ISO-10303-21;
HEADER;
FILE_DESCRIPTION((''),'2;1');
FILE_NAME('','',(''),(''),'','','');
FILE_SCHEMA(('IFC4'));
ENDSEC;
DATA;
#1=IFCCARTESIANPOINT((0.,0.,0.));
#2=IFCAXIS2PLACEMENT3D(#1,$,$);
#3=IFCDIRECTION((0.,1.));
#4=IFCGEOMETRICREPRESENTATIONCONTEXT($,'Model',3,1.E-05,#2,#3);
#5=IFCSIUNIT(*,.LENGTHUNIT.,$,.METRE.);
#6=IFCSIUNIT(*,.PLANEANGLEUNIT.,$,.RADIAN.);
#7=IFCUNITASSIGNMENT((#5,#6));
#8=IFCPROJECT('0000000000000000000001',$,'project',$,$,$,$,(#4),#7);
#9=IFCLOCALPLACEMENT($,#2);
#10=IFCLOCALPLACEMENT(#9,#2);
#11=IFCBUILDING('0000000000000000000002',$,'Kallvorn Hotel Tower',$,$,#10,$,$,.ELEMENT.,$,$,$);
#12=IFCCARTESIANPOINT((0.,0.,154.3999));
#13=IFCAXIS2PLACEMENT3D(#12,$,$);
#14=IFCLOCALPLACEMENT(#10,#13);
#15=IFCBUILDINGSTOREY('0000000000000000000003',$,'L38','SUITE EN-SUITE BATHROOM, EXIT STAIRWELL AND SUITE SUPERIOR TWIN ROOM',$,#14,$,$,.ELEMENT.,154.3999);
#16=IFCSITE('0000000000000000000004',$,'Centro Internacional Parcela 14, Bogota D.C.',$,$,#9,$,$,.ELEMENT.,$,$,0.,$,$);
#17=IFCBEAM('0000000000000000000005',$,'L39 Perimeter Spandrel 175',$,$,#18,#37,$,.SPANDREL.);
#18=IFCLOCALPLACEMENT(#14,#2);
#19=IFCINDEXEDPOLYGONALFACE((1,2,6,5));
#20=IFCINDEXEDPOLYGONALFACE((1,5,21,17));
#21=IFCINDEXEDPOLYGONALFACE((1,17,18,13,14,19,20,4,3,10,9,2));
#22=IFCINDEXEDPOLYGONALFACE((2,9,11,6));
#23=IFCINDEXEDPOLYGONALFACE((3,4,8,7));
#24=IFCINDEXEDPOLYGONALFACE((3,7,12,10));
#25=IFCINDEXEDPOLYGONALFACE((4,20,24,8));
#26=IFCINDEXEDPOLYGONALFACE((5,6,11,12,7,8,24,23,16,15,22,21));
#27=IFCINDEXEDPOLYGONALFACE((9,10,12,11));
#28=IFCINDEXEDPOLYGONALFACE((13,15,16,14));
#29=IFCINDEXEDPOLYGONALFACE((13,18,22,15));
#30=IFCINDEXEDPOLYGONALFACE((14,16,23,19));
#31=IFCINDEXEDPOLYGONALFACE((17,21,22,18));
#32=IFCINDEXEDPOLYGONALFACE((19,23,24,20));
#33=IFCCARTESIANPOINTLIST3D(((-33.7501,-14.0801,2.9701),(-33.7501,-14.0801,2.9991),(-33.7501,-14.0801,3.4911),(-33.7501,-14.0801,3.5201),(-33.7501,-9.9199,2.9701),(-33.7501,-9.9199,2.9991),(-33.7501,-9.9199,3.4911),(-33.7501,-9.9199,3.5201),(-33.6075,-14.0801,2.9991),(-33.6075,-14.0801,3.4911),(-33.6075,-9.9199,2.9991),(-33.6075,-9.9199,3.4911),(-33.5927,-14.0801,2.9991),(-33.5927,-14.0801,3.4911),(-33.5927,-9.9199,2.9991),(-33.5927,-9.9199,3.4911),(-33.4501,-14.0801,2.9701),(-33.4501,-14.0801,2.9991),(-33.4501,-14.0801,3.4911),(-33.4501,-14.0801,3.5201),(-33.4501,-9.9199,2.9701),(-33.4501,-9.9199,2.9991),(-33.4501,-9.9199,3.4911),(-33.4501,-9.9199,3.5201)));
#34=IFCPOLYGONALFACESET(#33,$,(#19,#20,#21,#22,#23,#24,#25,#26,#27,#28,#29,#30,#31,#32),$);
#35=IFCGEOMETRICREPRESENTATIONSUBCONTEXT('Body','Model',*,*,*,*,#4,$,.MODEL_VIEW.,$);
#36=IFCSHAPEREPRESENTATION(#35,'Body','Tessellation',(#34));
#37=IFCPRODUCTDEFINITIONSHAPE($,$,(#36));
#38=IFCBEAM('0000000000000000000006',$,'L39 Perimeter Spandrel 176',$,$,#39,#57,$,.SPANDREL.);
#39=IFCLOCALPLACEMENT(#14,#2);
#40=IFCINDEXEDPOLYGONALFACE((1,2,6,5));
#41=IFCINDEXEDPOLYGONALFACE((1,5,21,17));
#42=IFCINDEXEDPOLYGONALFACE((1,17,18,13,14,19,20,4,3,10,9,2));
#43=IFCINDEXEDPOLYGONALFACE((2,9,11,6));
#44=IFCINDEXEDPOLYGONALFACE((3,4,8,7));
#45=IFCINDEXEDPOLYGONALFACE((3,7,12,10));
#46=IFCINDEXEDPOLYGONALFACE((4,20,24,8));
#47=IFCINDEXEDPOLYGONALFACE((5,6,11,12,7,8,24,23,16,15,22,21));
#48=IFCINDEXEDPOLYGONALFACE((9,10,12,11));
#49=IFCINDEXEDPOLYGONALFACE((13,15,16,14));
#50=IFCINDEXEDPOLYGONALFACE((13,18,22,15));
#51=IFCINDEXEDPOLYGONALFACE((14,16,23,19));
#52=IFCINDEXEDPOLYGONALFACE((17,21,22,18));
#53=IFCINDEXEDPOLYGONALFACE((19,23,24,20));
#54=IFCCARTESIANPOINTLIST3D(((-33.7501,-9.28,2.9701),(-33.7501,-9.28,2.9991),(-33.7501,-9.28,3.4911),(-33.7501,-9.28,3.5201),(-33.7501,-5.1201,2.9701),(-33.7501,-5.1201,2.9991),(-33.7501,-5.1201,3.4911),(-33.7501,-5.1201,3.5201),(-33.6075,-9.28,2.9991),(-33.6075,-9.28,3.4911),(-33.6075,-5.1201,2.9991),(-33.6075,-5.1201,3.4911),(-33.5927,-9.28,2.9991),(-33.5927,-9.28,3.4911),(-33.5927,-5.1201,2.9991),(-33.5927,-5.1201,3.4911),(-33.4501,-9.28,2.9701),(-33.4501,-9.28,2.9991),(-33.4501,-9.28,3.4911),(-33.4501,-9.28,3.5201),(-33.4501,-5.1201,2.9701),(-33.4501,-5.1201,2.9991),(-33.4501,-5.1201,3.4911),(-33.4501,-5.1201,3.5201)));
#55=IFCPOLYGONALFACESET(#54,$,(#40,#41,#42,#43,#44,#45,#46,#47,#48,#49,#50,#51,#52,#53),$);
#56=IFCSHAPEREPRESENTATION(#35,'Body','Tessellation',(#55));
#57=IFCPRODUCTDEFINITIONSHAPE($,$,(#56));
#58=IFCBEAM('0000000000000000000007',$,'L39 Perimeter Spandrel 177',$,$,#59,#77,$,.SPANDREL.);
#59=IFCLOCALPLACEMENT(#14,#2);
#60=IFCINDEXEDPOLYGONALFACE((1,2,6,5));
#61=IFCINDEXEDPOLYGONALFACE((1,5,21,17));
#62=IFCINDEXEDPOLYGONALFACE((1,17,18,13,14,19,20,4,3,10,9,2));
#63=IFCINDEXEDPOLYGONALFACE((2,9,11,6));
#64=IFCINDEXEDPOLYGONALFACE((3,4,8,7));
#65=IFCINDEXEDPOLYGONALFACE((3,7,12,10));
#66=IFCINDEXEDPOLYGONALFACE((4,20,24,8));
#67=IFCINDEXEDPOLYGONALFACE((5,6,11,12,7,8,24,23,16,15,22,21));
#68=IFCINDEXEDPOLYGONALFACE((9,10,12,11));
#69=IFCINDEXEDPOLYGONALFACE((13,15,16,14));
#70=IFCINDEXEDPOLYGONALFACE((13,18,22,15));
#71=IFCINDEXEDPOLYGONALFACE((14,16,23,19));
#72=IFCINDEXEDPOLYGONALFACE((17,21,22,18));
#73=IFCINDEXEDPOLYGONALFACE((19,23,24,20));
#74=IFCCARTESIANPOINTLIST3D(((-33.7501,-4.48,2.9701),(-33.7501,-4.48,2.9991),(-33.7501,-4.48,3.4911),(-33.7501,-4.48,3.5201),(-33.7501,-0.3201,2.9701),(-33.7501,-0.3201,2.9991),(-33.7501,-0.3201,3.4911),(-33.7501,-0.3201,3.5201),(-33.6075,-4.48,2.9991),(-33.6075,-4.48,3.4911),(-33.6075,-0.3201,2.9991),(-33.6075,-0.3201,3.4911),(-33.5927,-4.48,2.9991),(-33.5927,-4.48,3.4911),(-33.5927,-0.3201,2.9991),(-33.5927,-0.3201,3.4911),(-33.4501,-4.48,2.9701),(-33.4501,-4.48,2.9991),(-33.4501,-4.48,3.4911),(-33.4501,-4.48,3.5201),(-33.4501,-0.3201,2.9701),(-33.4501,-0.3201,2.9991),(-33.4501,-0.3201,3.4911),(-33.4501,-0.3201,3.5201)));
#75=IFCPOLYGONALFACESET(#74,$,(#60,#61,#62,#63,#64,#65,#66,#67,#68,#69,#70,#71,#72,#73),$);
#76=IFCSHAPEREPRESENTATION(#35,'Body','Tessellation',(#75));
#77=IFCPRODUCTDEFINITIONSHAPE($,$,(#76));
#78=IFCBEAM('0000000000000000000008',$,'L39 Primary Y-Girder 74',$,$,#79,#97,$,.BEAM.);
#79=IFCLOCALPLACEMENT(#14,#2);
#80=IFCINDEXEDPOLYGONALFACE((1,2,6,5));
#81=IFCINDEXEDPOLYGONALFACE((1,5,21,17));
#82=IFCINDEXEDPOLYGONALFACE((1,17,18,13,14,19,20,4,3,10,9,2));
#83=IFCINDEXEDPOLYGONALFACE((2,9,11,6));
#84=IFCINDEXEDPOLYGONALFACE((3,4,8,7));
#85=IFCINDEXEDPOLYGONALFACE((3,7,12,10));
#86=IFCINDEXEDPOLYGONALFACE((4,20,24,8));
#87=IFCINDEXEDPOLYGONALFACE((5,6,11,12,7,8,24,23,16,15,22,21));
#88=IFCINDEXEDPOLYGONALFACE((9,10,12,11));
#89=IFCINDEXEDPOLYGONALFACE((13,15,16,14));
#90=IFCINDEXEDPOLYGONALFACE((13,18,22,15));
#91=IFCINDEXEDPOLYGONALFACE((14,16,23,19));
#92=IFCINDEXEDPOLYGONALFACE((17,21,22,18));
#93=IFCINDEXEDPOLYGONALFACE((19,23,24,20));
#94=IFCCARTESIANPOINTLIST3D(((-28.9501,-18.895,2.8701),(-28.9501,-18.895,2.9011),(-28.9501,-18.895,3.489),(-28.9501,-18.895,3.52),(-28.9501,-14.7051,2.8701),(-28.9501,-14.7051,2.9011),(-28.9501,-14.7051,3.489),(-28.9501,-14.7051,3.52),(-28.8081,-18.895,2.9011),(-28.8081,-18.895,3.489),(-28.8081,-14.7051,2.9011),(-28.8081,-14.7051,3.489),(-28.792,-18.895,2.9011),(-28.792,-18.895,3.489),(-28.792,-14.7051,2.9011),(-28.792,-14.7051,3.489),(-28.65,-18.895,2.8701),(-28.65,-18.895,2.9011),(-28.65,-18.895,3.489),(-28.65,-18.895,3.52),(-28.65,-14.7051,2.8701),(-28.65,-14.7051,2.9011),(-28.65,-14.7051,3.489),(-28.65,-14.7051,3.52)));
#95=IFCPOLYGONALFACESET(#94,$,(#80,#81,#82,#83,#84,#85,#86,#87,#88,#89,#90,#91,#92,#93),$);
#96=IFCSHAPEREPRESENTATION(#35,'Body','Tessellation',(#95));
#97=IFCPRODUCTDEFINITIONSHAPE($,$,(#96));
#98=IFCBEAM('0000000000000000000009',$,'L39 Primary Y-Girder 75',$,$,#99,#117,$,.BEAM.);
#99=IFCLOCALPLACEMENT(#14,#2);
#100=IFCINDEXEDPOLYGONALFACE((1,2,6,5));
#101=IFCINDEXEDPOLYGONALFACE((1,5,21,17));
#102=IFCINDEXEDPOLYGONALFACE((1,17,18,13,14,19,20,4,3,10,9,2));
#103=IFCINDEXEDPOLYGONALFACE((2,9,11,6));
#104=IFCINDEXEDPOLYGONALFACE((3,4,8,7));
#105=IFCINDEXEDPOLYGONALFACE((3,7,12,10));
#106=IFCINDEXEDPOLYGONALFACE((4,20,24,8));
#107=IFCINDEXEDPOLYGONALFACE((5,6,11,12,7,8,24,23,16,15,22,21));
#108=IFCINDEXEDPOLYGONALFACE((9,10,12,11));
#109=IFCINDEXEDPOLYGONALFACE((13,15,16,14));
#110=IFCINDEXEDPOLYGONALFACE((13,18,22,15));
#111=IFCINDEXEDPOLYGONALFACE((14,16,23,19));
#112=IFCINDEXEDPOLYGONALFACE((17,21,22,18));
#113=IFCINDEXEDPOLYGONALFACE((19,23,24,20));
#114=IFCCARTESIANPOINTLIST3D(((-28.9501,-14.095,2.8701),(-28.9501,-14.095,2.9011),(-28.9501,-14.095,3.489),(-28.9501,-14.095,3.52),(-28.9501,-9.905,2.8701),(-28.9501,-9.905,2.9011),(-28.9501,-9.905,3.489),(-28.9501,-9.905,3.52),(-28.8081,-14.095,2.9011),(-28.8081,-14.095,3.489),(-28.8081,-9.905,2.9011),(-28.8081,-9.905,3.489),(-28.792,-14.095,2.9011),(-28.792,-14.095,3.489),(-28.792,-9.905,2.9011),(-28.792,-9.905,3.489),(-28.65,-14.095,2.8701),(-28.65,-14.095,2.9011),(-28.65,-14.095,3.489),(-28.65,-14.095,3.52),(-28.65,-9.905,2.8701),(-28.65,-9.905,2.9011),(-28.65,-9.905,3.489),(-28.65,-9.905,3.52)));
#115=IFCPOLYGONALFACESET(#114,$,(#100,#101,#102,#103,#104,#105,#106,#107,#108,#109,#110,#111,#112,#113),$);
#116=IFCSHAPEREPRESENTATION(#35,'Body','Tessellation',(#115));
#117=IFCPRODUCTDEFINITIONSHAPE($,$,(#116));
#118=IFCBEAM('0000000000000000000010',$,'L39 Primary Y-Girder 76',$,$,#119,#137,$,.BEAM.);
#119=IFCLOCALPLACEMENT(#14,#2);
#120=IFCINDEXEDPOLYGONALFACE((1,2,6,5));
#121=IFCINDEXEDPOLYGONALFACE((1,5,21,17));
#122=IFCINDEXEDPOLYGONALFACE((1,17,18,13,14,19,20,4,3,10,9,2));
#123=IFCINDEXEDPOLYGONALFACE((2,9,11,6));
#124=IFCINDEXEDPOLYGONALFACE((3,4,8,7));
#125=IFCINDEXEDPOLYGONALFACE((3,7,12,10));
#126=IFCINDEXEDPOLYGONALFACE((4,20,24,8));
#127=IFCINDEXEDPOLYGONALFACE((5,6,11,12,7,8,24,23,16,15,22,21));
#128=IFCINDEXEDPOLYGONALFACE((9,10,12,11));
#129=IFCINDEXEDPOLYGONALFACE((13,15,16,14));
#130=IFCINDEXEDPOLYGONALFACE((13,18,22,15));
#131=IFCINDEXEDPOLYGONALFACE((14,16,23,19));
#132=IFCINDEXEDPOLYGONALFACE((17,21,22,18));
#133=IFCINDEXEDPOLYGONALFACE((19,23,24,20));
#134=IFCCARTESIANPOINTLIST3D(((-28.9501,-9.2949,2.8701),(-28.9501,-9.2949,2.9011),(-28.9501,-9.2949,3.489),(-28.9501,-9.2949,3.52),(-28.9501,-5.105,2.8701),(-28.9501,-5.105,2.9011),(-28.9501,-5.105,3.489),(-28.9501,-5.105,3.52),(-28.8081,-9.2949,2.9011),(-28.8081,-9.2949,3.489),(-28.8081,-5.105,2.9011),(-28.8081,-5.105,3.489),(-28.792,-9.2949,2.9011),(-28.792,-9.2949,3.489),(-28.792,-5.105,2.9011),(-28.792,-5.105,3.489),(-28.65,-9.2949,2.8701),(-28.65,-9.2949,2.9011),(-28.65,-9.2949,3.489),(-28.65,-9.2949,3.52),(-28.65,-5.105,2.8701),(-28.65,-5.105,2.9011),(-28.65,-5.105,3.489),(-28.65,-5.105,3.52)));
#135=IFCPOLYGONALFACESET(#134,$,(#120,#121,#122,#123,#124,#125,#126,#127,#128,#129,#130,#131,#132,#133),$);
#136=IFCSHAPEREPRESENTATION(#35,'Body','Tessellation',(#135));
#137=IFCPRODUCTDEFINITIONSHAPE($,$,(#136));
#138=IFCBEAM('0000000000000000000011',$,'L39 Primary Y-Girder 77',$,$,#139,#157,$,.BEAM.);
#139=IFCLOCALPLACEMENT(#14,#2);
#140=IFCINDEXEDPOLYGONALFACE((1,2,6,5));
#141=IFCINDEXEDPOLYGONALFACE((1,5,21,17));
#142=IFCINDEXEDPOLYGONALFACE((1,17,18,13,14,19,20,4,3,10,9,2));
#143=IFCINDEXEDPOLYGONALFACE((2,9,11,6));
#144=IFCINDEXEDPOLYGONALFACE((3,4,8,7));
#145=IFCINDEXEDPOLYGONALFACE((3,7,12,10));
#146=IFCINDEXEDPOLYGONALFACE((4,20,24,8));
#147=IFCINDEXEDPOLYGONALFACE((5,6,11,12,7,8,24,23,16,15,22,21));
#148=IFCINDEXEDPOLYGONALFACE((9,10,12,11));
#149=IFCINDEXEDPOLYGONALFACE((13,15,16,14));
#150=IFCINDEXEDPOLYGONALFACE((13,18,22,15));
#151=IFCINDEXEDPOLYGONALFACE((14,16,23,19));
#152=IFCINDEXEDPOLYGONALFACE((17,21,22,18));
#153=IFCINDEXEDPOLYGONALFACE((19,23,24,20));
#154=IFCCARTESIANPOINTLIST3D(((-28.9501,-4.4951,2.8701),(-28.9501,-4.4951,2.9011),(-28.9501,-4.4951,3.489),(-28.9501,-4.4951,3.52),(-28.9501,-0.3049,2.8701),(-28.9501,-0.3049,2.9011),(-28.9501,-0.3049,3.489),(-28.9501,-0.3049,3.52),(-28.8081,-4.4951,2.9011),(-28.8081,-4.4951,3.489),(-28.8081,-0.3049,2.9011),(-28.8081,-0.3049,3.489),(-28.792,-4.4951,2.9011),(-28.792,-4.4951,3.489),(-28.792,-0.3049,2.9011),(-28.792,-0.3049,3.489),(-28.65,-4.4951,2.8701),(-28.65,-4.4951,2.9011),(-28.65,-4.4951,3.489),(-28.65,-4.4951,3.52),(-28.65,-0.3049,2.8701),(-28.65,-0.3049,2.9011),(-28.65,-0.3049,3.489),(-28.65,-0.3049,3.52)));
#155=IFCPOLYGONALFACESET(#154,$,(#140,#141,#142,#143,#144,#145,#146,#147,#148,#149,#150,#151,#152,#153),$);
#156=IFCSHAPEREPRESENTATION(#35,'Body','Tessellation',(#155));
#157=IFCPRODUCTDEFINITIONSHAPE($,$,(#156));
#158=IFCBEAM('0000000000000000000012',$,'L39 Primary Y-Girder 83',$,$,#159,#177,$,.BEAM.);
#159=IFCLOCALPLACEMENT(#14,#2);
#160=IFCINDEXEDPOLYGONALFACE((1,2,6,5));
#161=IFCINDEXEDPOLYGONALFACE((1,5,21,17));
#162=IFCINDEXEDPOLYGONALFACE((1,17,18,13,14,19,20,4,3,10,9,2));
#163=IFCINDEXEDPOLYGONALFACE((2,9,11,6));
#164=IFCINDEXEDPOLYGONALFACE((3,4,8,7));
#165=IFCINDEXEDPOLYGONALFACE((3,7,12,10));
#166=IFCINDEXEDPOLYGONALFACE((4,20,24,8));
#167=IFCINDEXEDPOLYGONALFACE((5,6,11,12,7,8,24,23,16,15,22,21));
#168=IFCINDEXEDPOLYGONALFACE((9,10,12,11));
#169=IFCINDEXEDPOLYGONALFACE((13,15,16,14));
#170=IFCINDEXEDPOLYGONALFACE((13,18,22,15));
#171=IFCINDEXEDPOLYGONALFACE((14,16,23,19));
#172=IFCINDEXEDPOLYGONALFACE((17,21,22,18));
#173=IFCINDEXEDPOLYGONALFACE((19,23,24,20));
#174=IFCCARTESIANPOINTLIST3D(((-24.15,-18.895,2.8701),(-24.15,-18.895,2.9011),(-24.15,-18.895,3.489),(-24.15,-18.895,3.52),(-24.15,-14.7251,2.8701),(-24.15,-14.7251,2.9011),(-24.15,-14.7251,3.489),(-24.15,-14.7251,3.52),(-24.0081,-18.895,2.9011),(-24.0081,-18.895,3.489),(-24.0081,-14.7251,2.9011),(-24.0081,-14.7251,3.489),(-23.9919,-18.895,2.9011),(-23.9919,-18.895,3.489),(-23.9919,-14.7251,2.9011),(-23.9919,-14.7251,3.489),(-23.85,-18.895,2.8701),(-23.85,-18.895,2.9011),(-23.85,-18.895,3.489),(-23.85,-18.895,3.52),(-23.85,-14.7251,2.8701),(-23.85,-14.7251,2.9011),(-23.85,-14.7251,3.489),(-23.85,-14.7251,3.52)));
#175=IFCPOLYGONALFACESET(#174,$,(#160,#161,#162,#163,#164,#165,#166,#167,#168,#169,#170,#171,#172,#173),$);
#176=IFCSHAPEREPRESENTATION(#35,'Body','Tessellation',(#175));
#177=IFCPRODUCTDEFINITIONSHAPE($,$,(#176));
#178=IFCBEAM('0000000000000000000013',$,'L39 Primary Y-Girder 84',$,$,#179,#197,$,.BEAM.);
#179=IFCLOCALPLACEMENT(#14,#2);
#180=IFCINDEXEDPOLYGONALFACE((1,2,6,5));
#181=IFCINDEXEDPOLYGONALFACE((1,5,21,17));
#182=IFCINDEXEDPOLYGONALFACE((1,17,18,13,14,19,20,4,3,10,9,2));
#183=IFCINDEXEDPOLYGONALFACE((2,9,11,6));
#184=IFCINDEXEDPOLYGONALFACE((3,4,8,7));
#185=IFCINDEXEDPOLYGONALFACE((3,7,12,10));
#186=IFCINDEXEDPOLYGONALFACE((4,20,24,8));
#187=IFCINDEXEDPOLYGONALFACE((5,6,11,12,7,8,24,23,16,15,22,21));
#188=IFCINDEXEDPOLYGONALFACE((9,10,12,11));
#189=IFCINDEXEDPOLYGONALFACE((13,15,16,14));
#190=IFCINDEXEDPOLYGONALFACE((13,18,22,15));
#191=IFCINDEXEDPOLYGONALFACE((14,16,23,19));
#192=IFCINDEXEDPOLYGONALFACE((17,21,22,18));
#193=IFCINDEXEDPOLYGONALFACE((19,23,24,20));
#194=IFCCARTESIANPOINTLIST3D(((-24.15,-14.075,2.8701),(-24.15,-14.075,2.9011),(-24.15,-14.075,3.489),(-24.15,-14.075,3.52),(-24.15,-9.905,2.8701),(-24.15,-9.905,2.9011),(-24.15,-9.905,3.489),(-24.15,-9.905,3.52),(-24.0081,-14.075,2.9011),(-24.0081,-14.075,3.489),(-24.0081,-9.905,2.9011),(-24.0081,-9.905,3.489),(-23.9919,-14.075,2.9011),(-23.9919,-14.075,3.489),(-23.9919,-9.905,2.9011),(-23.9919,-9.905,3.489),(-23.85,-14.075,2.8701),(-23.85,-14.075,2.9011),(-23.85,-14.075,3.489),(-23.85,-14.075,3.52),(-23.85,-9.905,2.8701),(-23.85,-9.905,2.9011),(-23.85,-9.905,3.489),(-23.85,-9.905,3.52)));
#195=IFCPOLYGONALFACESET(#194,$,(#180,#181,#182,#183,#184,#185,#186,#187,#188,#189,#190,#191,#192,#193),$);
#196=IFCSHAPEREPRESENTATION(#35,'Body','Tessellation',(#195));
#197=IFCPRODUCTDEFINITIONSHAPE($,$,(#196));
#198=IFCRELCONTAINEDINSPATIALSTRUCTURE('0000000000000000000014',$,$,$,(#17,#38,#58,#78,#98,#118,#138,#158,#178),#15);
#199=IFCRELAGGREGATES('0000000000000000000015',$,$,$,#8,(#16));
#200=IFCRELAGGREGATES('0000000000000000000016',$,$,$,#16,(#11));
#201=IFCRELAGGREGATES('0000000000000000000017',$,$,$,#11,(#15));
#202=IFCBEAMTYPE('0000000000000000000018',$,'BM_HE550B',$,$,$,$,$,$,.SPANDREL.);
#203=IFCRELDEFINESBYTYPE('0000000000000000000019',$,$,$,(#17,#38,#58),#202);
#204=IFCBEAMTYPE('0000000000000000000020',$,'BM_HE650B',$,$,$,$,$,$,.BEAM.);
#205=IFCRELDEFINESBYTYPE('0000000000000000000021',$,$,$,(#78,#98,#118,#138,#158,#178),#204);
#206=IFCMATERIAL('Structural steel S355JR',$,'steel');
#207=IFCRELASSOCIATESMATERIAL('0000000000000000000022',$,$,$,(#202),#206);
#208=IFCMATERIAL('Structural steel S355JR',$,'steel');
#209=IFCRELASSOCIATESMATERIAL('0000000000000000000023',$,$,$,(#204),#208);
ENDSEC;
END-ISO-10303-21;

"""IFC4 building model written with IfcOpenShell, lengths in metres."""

from ifc_helpers import new_model, si_unit, direction, frame, origin, origin_2d, place, context, subcontext, project, spatial, i_section, extrude, material, material_profile, profile_set, type_object, element, save


model = new_model("IFC4")

# Units and contexts
model_context = context("Model", 3, precision=1e-05, world=origin(), true_north=direction((0.0, 1.0)))
body_context = subcontext(model_context, "Body", "Model", "MODEL_VIEW")
ifc_project = project(units=[si_unit("LENGTHUNIT", "METRE"), si_unit("PLANEANGLEUNIT", "RADIAN")], contexts=[model_context])

# Site, building, storey
site_placement = place(None, origin())
site = spatial("IfcSite", under=ifc_project, at=site_placement, Name="Centro Internacional Parcela 14, Bogota D.C.", CompositionType="ELEMENT", RefElevation=0.0)
building_placement = place(site_placement, origin())
building = spatial("IfcBuilding", under=site, at=building_placement, Name="Kallvorn Hotel Tower", CompositionType="ELEMENT")
storey_placement = place(building_placement, frame((0.0, 0.0, 154.3999)))
storey = spatial("IfcBuildingStorey", under=building, at=storey_placement, Name="L38", Description="SUITE EN-SUITE BATHROOM, EXIT STAIRWELL AND SUITE SUPERIOR TWIN ROOM", CompositionType="ELEMENT", Elevation=154.3999)

# Beams
ifc_material_1 = material(Name="Structural steel S355JR", Category="steel")
ifc_material_profile_1 = material_profile(ifc_material_1, i_section(OverallWidth=0.3, OverallDepth=0.55, WebThickness=0.0149, FlangeThickness=0.0291, at=origin_2d()), Name="HE 550 B")
ifc_profile_set_1 = profile_set([ifc_material_profile_1], Name="Structural steel S355JR")
beam_type_1 = type_object("IfcBeamType", Name="BM_HE550B", PredefinedType="SPANDREL", material=ifc_profile_set_1)
beam_1_placement = place(storey_placement, frame((-33.6001, -14.0801, 3.2451), z_axis=(0.0, 1.0, 0.0), x_axis=(-1.0, 0.0, 0.0)))
element("IfcBeam", 1, at=beam_1_placement, inside=storey, type_object=beam_type_1, Name="L39 Perimeter Spandrel 175", PredefinedType="SPANDREL", context=body_context, shape_type="SweptSolid", body=[
    extrude(i_section(OverallWidth=0.3, OverallDepth=0.55, WebThickness=0.0149, FlangeThickness=0.0291, at=origin_2d()), origin(), (0.0, 0.0, 1.0), 4.1602),
])
for number, where, z_axis, x_axis, name in (
    (2, (-33.6001, -9.28, 3.2451), (0.0, 1.0, 0.0), (-1.0, 0.0, 0.0), "L39 Perimeter Spandrel 176"),
    (3, (-33.6001, -4.48, 3.2451), (0.0, 1.0, 0.0), (-1.0, 0.0, 0.0), "L39 Perimeter Spandrel 177"),
):
    element("IfcBeam", number, at=place(storey_placement, frame(where, z_axis=z_axis, x_axis=x_axis)), inside=storey, type_object=beam_type_1, Name=name, PredefinedType="SPANDREL", context=body_context, shape_type="SweptSolid", body=[
        extrude(i_section(OverallWidth=0.3, OverallDepth=0.55, WebThickness=0.0149, FlangeThickness=0.0291, at=origin_2d()), origin(), (0.0, 0.0, 1.0), 4.1599),
    ])
ifc_material_2 = material(Name="Structural steel S355JR", Category="steel")
ifc_material_profile_2 = material_profile(ifc_material_2, i_section(OverallWidth=0.3, OverallDepth=0.6499, WebThickness=0.0161, FlangeThickness=0.031, at=origin_2d()), Name="HE 650 B")
ifc_profile_set_2 = profile_set([ifc_material_profile_2], Name="Structural steel S355JR")
beam_type_2 = type_object("IfcBeamType", Name="BM_HE650B", PredefinedType="BEAM", material=ifc_profile_set_2)
for number, where, z_axis, x_axis, name in (
    (4, (-28.8, -18.895, 3.1951), (0.0, 1.0, 0.0), (-1.0, 0.0, 0.0), "L39 Primary Y-Girder 74"),
    (5, (-28.8, -14.095, 3.1951), (0.0, 1.0, 0.0), (-1.0, 0.0, 0.0), "L39 Primary Y-Girder 75"),
    (6, (-28.8, -9.2949, 3.1951), (0.0, 1.0, 0.0), (-1.0, 0.0, 0.0), "L39 Primary Y-Girder 76"),
):
    element("IfcBeam", number, at=place(storey_placement, frame(where, z_axis=z_axis, x_axis=x_axis)), inside=storey, type_object=beam_type_2, Name=name, PredefinedType="BEAM", context=body_context, shape_type="SweptSolid", body=[
        extrude(i_section(OverallWidth=0.3, OverallDepth=0.6499, WebThickness=0.0161, FlangeThickness=0.031, at=origin_2d()), origin(), (0.0, 0.0, 1.0), 4.1899),
    ])
beam_2_placement = place(storey_placement, frame((-28.8, -4.4951, 3.1951), z_axis=(0.0, 1.0, 0.0), x_axis=(-1.0, 0.0, 0.0)))
element("IfcBeam", 7, at=beam_2_placement, inside=storey, type_object=beam_type_2, Name="L39 Primary Y-Girder 77", PredefinedType="BEAM", context=body_context, shape_type="SweptSolid", body=[
    extrude(i_section(OverallWidth=0.3, OverallDepth=0.6499, WebThickness=0.0161, FlangeThickness=0.031, at=origin_2d()), origin(), (0.0, 0.0, 1.0), 4.1902),
])
for number, where, z_axis, x_axis, name in (
    (8, (-24.0, -18.895, 3.1951), (0.0, 1.0, 0.0), (-1.0, 0.0, 0.0), "L39 Primary Y-Girder 83"),
    (9, (-24.0, -14.075, 3.1951), (0.0, 1.0, 0.0), (-1.0, 0.0, 0.0), "L39 Primary Y-Girder 84"),
):
    element("IfcBeam", number, at=place(storey_placement, frame(where, z_axis=z_axis, x_axis=x_axis)), inside=storey, type_object=beam_type_2, Name=name, PredefinedType="BEAM", context=body_context, shape_type="SweptSolid", body=[
        extrude(i_section(OverallWidth=0.3, OverallDepth=0.6499, WebThickness=0.0161, FlangeThickness=0.031, at=origin_2d()), origin(), (0.0, 0.0, 1.0), 4.1699),
    ])

save(model, "model.ifc")
